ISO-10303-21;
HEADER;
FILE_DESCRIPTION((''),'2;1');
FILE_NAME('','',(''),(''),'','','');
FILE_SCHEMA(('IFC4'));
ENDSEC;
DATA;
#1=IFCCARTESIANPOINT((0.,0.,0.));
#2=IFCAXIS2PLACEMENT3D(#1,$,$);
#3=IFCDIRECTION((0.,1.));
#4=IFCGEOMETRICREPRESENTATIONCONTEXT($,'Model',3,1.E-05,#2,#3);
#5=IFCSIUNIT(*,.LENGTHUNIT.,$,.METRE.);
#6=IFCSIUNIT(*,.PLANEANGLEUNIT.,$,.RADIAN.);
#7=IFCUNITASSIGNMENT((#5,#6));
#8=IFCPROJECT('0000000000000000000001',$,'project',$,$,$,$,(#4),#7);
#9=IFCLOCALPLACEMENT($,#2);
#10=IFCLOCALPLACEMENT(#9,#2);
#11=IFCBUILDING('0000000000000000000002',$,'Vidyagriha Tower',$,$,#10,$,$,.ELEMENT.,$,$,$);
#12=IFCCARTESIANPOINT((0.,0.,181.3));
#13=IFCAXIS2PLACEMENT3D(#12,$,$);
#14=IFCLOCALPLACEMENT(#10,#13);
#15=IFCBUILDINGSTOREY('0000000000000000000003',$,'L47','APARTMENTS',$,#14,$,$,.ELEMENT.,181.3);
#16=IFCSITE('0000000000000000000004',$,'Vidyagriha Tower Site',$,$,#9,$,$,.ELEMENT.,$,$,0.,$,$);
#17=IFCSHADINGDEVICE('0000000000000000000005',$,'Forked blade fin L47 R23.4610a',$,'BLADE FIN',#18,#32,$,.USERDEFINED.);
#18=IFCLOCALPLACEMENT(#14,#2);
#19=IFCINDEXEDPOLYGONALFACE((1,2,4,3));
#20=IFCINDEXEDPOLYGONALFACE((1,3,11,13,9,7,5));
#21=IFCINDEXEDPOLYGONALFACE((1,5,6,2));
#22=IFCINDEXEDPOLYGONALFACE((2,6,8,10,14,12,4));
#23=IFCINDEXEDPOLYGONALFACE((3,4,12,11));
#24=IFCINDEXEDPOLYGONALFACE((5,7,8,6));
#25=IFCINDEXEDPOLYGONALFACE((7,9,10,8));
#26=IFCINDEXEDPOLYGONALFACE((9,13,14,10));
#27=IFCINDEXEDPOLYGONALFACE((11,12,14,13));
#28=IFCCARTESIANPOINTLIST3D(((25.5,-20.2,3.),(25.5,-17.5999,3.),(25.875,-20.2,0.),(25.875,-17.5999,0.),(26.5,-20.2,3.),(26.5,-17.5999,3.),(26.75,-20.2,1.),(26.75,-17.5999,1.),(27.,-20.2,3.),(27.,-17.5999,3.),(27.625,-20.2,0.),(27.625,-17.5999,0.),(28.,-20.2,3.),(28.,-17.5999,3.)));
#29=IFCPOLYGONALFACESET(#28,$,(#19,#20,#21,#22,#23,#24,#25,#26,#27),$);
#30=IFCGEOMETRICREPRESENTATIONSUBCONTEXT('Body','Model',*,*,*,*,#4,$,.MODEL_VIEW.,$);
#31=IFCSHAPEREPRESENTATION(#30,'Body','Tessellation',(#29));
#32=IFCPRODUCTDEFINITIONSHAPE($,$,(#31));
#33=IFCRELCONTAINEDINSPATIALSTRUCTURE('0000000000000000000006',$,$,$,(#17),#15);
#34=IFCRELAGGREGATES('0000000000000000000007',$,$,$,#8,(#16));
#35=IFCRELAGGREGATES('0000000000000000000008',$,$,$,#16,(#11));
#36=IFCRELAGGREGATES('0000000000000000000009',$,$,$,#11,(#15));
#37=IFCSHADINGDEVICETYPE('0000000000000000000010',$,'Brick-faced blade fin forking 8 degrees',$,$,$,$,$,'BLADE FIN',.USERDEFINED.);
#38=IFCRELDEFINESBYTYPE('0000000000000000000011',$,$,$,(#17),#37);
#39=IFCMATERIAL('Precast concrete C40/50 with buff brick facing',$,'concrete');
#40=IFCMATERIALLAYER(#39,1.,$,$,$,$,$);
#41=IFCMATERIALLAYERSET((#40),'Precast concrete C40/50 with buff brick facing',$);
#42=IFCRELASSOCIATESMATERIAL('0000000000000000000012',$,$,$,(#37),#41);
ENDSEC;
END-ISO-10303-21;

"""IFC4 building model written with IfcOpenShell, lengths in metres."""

from ifc_helpers import new_model, si_unit, direction, frame, origin, place, context, subcontext, project, spatial, polyline, outline, extrude, material, layer, layer_set, type_object, element, save


model = new_model("IFC4")

# Units and contexts
model_context = context("Model", 3, precision=1e-05, world=origin(), true_north=direction((0.0, 1.0)))
body_context = subcontext(model_context, "Body", "Model", "MODEL_VIEW")
ifc_project = project(units=[si_unit("LENGTHUNIT", "METRE"), si_unit("PLANEANGLEUNIT", "RADIAN")], contexts=[model_context])

# Site, building, storey
site_placement = place(None, origin())
site = spatial("IfcSite", under=ifc_project, at=site_placement, Name="Vidyagriha Tower Site", CompositionType="ELEMENT", RefElevation=0.0)
building_placement = place(site_placement, origin())
building = spatial("IfcBuilding", under=site, at=building_placement, Name="Vidyagriha Tower", CompositionType="ELEMENT")
storey_placement = place(building_placement, frame((0.0, 0.0, 181.3)))
storey = spatial("IfcBuildingStorey", under=building, at=storey_placement, Name="L47", Description="APARTMENTS", CompositionType="ELEMENT", Elevation=181.3)

# Shading device
ifc_material_1 = material(Name="Precast concrete C40/50 with buff brick facing", Category="concrete")
ifc_layer_1 = layer(ifc_material_1, 1.0)
ifc_layer_set_1 = layer_set([ifc_layer_1], Name="Precast concrete C40/50 with buff brick facing")
shading_device_type_1 = type_object("IfcShadingDeviceType", Name="Brick-faced blade fin forking 8 degrees", ElementType="BLADE FIN", PredefinedType="USERDEFINED", material=ifc_layer_set_1)
shading_device_1_placement = place(storey_placement, frame((25.5, -18.8999, 0.0)))
element("IfcShadingDevice", 1, at=shading_device_1_placement, inside=storey, type_object=shading_device_type_1, Name="Forked blade fin L47 R23.4610a", ObjectType="BLADE FIN", PredefinedType="USERDEFINED", context=body_context, shape_type="SweptSolid", body=[
    extrude(outline(polyline([(0.375, 0.0), (2.125, 0.0), (2.5, 3.0), (1.5, 3.0), (1.25, 1.0), (1.0, 3.0), (0.0, 3.0), (0.375, 0.0)])), frame((0.0, 1.3, 0.0), z_axis=(0.0, -1.0, 0.0), x_axis=(1.0, 0.0, 0.0)), (0.0, 0.0, 1.0), 2.6001),
])

save(model, "model.ifc")
